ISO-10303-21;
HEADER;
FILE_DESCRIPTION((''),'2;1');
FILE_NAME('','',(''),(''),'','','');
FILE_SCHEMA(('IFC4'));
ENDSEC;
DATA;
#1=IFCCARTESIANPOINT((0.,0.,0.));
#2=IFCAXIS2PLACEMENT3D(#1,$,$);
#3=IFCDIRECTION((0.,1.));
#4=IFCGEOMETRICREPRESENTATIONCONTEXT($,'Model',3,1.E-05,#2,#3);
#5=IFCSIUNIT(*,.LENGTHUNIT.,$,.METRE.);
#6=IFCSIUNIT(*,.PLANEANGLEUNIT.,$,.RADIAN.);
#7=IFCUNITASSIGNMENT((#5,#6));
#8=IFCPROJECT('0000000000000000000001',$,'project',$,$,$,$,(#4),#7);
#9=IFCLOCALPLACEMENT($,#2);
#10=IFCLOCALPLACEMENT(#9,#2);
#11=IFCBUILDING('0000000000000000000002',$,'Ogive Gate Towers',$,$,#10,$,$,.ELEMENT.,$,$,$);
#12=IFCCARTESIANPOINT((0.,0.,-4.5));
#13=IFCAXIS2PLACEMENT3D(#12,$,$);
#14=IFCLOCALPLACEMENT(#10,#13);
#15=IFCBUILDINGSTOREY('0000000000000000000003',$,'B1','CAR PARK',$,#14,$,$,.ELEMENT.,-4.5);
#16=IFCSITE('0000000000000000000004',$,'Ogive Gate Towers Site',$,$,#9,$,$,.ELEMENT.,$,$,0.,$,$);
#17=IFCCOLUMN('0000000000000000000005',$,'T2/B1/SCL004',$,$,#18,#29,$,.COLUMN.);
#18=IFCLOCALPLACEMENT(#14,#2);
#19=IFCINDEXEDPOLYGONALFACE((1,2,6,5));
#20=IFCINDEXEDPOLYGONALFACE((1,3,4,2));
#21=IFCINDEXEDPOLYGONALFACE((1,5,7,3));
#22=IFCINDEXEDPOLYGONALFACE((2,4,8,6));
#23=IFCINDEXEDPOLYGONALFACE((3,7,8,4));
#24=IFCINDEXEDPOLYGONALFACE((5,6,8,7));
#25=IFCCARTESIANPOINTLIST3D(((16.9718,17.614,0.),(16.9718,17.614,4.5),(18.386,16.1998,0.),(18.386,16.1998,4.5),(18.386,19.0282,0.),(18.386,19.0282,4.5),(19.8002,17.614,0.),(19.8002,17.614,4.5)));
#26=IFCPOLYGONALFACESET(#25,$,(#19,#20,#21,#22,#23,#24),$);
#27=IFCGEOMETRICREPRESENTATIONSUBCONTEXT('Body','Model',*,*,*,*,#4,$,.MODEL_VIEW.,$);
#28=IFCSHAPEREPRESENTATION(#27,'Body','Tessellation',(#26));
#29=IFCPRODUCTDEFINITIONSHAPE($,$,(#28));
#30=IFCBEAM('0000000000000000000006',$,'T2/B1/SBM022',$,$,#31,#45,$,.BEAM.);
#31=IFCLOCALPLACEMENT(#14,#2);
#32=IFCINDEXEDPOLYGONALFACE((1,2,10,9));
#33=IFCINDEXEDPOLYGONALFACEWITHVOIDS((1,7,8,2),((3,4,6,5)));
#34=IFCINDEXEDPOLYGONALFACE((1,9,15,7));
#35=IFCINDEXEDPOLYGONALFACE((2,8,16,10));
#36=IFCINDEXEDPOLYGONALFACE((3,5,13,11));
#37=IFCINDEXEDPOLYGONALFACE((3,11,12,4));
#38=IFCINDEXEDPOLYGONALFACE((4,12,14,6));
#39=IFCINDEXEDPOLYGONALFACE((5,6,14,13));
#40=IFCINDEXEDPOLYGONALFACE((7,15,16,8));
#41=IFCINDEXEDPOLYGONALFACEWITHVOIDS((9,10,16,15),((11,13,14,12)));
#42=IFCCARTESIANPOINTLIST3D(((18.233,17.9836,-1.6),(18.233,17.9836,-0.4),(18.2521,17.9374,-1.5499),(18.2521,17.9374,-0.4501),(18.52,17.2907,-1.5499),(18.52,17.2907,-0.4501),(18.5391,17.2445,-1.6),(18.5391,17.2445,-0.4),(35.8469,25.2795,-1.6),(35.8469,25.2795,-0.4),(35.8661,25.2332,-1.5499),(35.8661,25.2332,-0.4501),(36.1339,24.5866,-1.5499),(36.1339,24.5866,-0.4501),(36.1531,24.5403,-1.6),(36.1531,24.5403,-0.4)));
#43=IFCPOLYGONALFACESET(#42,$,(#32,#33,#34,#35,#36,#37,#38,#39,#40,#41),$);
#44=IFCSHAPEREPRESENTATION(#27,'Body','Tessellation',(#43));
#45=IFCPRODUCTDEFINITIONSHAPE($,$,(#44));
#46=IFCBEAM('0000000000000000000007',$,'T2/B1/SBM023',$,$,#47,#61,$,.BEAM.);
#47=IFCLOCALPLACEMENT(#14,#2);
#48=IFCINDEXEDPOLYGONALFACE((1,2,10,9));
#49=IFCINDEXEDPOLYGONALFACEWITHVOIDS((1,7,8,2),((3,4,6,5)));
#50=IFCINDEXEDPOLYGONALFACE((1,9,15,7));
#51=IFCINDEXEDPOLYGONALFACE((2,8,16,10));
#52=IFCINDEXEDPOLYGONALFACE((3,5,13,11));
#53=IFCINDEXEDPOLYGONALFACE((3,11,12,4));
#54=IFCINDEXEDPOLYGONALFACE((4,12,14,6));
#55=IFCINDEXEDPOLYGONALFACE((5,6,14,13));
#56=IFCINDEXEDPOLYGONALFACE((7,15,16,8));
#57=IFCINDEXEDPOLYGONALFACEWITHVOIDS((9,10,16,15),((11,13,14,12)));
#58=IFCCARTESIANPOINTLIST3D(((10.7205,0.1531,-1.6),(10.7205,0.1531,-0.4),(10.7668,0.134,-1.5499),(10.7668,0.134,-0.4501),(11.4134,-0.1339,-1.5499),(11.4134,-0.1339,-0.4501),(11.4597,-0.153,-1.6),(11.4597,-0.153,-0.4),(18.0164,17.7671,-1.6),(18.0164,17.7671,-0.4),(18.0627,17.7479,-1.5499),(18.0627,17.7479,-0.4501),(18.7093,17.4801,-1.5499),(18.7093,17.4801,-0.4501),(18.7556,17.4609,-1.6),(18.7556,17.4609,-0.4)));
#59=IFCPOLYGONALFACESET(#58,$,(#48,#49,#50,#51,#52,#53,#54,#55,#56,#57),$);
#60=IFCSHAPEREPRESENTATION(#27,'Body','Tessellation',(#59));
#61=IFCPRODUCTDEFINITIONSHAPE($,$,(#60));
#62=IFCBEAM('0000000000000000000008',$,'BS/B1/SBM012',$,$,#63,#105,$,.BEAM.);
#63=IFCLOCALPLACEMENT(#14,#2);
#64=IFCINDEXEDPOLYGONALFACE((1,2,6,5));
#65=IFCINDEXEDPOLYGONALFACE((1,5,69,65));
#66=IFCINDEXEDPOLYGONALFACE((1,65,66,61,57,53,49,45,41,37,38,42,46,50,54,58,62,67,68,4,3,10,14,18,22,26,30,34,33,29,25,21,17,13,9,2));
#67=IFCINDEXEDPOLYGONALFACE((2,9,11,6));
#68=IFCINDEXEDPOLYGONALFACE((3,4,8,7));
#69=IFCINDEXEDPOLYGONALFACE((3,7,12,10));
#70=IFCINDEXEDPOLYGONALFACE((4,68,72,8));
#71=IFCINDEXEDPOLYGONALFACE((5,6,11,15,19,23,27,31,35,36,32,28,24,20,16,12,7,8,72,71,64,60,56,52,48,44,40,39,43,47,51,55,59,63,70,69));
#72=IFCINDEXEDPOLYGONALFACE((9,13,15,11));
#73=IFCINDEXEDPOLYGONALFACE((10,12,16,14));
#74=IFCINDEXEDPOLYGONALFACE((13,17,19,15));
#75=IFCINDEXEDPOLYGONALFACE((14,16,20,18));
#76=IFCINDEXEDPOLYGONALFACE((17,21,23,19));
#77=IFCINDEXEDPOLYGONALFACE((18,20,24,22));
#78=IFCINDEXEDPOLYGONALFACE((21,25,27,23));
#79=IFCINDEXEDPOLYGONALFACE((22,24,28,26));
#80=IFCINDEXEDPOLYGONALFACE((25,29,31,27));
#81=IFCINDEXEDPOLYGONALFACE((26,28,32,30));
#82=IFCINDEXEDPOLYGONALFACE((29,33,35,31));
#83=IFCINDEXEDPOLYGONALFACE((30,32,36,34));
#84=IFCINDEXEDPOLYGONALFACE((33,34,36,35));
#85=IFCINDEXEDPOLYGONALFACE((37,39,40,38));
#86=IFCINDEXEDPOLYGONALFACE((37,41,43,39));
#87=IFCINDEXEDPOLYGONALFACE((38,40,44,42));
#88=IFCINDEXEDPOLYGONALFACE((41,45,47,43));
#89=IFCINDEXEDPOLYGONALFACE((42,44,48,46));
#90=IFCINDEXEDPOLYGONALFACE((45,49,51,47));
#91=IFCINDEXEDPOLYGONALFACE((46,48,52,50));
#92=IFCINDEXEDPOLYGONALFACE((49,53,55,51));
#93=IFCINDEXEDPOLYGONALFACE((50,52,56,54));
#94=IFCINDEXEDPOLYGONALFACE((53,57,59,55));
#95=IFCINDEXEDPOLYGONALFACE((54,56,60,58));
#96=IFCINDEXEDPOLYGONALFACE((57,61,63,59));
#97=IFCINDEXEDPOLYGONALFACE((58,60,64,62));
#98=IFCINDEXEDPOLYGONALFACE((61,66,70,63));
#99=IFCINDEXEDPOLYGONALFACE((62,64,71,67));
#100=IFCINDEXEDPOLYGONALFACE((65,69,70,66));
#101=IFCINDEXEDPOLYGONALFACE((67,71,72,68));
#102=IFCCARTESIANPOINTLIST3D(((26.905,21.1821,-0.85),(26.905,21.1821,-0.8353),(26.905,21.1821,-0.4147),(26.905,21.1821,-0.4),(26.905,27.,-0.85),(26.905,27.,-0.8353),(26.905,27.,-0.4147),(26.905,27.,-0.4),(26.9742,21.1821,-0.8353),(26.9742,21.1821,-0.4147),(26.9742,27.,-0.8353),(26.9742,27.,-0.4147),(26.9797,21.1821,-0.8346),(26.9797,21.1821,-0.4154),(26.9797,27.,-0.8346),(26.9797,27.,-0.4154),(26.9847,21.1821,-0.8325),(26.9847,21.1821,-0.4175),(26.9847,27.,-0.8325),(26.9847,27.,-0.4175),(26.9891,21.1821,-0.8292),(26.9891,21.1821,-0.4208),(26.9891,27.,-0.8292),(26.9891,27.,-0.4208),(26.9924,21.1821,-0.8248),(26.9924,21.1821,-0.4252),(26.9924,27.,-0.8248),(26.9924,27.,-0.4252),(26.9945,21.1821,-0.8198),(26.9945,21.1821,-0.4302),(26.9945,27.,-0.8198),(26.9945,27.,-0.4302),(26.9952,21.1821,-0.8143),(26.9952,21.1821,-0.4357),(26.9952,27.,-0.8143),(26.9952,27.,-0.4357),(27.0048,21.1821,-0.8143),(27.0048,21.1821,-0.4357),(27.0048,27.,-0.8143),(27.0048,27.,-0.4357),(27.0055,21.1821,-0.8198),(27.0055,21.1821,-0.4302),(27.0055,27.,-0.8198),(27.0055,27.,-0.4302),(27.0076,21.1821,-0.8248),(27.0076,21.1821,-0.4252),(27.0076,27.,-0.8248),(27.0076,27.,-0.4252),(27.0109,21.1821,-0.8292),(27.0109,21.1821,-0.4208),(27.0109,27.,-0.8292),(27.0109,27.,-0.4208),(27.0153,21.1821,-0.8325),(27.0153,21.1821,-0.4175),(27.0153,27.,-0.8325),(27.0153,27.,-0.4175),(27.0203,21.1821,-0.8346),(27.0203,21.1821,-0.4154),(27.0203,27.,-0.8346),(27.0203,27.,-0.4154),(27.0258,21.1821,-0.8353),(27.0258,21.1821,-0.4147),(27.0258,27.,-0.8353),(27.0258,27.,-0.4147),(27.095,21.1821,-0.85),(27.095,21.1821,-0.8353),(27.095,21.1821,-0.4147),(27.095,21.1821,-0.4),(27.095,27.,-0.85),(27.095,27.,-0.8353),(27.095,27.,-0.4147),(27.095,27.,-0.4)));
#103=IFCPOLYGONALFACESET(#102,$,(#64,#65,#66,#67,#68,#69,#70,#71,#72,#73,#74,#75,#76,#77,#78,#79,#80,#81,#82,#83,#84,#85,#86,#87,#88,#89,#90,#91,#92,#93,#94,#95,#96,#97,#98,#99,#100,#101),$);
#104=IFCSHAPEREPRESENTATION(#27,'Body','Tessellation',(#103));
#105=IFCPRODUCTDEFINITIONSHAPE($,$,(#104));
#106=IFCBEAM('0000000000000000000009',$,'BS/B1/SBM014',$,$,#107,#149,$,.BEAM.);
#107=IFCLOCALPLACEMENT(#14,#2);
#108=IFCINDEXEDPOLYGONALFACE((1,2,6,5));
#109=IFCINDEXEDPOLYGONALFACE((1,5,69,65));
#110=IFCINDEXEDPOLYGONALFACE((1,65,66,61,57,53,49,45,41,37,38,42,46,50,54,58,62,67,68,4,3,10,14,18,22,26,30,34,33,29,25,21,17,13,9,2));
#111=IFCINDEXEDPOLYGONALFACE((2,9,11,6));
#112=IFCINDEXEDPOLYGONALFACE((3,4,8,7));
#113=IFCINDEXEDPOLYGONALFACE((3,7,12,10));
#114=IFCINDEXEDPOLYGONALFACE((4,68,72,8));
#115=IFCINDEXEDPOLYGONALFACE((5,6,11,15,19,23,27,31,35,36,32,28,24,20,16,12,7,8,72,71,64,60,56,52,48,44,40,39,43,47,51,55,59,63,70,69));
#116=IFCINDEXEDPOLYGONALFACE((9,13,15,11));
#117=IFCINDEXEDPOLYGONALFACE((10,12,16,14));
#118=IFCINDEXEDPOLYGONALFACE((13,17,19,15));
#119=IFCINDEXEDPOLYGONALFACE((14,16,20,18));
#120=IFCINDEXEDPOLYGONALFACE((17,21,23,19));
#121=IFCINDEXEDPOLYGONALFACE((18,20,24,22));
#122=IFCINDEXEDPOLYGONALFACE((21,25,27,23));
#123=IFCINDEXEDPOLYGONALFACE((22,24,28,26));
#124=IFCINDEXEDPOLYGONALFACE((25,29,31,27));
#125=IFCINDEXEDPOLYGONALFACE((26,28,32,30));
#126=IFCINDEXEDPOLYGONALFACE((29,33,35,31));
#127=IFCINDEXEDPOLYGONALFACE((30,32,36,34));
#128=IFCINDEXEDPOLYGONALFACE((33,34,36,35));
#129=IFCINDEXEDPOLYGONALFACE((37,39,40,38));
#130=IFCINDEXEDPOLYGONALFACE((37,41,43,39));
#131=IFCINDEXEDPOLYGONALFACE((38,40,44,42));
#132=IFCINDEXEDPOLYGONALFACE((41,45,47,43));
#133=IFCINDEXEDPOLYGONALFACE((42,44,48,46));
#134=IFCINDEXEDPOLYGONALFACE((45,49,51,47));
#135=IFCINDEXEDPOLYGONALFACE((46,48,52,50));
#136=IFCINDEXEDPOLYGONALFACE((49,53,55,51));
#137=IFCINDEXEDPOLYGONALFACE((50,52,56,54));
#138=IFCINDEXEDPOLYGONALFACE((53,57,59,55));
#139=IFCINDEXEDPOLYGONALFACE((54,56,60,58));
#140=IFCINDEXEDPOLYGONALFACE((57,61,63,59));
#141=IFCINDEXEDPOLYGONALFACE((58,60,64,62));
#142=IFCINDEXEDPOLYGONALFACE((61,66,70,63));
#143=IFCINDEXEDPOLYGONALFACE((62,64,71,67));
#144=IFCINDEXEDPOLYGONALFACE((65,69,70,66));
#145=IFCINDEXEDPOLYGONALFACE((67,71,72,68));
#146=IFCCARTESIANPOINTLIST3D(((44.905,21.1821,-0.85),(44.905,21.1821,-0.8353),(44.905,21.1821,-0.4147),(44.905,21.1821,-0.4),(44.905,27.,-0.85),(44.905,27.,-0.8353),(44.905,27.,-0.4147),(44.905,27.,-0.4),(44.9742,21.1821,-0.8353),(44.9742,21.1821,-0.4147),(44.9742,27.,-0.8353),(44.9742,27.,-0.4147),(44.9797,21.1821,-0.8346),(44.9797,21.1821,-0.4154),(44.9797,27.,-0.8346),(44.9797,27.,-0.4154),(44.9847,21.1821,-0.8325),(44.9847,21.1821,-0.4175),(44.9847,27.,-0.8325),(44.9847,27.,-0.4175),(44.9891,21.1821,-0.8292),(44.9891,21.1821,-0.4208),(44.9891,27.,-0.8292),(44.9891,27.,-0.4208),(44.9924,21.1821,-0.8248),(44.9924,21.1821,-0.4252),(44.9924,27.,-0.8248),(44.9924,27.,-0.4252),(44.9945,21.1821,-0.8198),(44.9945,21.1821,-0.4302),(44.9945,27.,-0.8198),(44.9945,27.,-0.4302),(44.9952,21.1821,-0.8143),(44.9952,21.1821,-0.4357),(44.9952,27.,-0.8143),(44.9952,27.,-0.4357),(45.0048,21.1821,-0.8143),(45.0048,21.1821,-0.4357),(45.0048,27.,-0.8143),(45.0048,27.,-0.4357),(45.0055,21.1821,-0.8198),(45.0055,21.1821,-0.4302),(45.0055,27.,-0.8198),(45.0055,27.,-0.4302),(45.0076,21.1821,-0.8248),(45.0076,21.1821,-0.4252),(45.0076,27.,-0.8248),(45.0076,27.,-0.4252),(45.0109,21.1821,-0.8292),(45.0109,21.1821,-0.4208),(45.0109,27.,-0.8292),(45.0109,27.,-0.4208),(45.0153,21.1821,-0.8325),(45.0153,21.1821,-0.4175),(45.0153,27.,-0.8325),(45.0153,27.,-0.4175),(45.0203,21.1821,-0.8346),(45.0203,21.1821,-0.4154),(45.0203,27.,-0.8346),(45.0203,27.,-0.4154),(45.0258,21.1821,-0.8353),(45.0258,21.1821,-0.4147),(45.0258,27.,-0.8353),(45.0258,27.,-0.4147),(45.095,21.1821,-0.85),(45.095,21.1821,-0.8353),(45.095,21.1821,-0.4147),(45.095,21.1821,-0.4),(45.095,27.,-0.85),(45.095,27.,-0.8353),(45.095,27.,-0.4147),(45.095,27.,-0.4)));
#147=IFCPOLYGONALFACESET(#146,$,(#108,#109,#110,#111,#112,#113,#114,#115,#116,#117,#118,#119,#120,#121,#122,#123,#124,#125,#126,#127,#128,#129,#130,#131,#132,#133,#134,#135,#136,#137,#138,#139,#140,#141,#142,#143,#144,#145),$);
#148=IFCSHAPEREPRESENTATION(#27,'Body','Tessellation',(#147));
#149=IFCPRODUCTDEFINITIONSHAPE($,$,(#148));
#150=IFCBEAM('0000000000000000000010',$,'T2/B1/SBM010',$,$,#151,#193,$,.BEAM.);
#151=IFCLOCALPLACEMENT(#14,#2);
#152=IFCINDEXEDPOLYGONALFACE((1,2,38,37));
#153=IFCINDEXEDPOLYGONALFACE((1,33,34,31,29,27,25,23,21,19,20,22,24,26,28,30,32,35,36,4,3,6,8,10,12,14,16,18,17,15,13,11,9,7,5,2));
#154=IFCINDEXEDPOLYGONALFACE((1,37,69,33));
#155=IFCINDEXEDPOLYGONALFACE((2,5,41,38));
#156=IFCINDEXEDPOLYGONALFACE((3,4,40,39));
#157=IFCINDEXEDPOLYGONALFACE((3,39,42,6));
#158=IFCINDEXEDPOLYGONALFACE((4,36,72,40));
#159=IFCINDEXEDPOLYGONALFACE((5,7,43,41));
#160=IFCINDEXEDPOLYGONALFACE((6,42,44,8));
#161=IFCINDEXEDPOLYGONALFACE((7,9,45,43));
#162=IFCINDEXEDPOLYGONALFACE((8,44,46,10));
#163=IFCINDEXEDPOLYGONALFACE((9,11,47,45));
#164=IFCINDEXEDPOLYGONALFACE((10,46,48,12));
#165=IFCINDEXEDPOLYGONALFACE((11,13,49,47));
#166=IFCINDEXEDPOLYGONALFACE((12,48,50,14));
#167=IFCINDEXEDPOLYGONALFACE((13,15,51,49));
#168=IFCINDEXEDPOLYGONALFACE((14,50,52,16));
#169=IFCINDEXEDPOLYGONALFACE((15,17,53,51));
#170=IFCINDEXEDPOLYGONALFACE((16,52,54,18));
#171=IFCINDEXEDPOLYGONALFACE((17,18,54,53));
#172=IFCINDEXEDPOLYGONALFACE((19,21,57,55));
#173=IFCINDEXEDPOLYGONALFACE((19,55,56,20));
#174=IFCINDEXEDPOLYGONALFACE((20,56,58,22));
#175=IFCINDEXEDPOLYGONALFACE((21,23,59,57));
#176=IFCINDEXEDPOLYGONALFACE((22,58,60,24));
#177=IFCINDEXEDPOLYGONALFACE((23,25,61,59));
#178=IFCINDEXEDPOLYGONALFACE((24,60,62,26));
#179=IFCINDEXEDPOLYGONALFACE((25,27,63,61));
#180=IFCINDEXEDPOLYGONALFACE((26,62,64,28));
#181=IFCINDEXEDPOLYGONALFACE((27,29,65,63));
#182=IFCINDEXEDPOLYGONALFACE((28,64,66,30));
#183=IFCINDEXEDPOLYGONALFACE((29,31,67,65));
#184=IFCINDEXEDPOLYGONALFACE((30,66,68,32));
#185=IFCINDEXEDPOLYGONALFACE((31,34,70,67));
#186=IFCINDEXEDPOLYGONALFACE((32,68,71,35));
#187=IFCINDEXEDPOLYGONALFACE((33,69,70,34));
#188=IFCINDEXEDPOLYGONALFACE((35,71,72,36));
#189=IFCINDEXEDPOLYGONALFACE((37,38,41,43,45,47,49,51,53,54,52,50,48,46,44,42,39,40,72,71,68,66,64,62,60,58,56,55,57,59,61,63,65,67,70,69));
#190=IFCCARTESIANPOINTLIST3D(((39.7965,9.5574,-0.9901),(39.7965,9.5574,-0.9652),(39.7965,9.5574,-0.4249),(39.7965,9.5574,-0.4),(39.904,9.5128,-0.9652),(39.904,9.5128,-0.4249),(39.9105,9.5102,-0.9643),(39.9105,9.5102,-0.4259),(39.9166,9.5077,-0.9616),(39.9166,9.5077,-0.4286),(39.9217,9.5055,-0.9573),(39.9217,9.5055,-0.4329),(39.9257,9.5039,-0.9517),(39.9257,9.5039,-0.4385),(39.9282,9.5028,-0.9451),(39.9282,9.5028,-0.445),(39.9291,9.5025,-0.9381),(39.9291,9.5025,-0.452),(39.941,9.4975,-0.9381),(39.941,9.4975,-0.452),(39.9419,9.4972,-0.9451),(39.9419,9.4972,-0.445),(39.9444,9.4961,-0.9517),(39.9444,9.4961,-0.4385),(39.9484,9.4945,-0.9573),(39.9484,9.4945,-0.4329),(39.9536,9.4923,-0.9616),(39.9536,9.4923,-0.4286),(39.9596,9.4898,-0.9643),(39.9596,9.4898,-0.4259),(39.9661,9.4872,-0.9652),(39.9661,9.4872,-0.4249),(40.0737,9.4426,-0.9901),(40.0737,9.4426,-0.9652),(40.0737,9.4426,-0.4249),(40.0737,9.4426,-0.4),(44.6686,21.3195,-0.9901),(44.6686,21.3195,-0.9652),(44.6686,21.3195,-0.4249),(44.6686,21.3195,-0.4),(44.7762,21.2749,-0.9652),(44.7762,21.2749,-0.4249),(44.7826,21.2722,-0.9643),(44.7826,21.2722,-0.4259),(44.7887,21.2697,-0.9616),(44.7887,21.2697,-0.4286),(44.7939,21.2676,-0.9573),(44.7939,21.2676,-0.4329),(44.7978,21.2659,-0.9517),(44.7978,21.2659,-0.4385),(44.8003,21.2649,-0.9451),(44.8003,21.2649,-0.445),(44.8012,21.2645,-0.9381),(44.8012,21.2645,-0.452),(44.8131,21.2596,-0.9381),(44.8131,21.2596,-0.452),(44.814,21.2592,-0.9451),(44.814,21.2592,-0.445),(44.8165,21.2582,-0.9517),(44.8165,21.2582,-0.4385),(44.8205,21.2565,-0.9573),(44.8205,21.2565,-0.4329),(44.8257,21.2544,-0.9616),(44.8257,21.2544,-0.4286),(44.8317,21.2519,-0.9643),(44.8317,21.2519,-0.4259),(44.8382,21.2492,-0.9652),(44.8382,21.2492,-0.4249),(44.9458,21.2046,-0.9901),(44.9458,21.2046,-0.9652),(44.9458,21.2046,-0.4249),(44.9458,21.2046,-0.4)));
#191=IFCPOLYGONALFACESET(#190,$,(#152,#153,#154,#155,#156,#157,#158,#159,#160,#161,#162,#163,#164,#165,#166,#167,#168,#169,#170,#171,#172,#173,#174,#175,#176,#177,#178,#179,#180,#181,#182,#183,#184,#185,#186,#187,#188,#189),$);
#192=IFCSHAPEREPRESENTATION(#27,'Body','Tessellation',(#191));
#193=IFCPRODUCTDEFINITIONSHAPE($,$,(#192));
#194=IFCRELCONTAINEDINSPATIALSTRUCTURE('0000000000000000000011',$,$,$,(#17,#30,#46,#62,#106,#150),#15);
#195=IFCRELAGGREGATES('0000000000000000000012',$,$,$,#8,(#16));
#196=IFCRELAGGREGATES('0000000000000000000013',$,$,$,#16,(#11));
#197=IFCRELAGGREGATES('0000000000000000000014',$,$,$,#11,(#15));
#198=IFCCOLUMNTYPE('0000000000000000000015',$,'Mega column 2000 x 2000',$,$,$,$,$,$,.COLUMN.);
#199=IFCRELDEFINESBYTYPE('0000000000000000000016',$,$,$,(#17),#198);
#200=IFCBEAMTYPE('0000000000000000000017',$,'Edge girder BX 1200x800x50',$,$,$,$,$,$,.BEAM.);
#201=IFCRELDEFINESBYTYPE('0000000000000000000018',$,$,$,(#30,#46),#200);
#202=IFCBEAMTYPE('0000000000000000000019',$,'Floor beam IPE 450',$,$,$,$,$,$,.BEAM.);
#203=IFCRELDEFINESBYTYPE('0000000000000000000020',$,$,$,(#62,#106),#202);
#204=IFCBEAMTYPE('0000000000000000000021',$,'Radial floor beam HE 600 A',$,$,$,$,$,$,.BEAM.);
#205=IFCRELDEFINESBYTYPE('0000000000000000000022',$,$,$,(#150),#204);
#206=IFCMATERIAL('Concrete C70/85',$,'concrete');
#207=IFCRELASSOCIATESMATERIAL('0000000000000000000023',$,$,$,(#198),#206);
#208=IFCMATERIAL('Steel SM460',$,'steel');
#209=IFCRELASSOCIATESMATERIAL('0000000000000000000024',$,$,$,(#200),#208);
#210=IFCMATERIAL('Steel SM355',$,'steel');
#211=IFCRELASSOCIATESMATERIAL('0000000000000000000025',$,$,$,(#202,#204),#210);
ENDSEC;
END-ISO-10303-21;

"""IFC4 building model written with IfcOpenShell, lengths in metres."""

from ifc_helpers import new_model, si_unit, direction, frame, origin, origin_2d, place, context, subcontext, project, spatial, rectangle, hollow_rectangle, i_section, extrude, material, material_profile, profile_set, type_object, element, save


model = new_model("IFC4")

# Units and contexts
model_context = context("Model", 3, precision=1e-05, world=origin(), true_north=direction((0.0, 1.0)))
body_context = subcontext(model_context, "Body", "Model", "MODEL_VIEW")
ifc_project = project(units=[si_unit("LENGTHUNIT", "METRE"), si_unit("PLANEANGLEUNIT", "RADIAN")], contexts=[model_context])

# Site, building, storey
site_placement = place(None, origin())
site = spatial("IfcSite", under=ifc_project, at=site_placement, Name="Ogive Gate Towers Site", CompositionType="ELEMENT", RefElevation=0.0)
building_placement = place(site_placement, origin())
building = spatial("IfcBuilding", under=site, at=building_placement, Name="Ogive Gate Towers", CompositionType="ELEMENT")
storey_placement = place(building_placement, frame((0.0, 0.0, -4.5)))
storey = spatial("IfcBuildingStorey", under=building, at=storey_placement, Name="B1", Description="CAR PARK", CompositionType="ELEMENT", Elevation=-4.5)

# Column
ifc_material_1 = material(Name="Concrete C70/85", Category="concrete")
ifc_material_profile_1 = material_profile(ifc_material_1, rectangle(XDim=2.0, YDim=2.0, at=origin_2d()), Name="RC 2000x2000")
ifc_profile_set_1 = profile_set([ifc_material_profile_1], Name="Concrete C70/85")
column_type_1 = type_object("IfcColumnType", Name="Mega column 2000 x 2000", PredefinedType="COLUMN", material=ifc_profile_set_1)
for number, where, z_axis, x_axis, name in (
    (1, (18.386, 17.614, 0.0), (0.0, 0.0, 1.0), (-0.707107, 0.707107, 0.0), "T2/B1/SCL004"),
):
    element("IfcColumn", number, at=place(storey_placement, frame(where, z_axis=z_axis, x_axis=x_axis)), inside=storey, type_object=column_type_1, Name=name, PredefinedType="COLUMN", context=body_context, shape_type="SweptSolid", body=[
        extrude(rectangle(XDim=2.0, YDim=2.0, at=origin_2d()), origin(), (0.0, 0.0, 1.0), 4.5),
    ])

# Beams
ifc_material_2 = material(Name="Steel SM460", Category="steel")
ifc_material_profile_2 = material_profile(ifc_material_2, hollow_rectangle(XDim=0.8, YDim=1.2, WallThickness=0.05, at=origin_2d()), Name="BX 1200x800x50")
ifc_profile_set_2 = profile_set([ifc_material_profile_2], Name="Steel SM460")
beam_type_1 = type_object("IfcBeamType", Name="Edge girder BX 1200x800x50", PredefinedType="BEAM", material=ifc_profile_set_2)
for number, where, z_axis, x_axis, name in (
    (2, (36.0, 24.9099, -1.0), (-0.923881, -0.382681, 0.0), (0.382681, -0.923881, 0.0), "T2/B1/SBM022"),
    (3, (18.386, 17.614, -1.0), (-0.382681, -0.923881, 0.0), (0.923881, -0.382681, 0.0), "T2/B1/SBM023"),
):
    element("IfcBeam", number, at=place(storey_placement, frame(where, z_axis=z_axis, x_axis=x_axis)), inside=storey, type_object=beam_type_1, Name=name, PredefinedType="BEAM", context=body_context, shape_type="SweptSolid", body=[
        extrude(hollow_rectangle(XDim=0.8, YDim=1.2, WallThickness=0.05, at=origin_2d()), origin(), (0.0, 0.0, 1.0), 19.0652),
    ])
ifc_material_3 = material(Name="Steel SM355", Category="steel")
ifc_material_profile_3 = material_profile(ifc_material_3, i_section(OverallWidth=0.1899, OverallDepth=0.45, WebThickness=0.0095, FlangeThickness=0.0146, FilletRadius=0.021, at=origin_2d()), Name="IPE 450")
ifc_profile_set_3 = profile_set([ifc_material_profile_3], Name="Steel SM355")
beam_type_2 = type_object("IfcBeamType", Name="Floor beam IPE 450", PredefinedType="BEAM", material=ifc_profile_set_3)
for number, where, z_axis, x_axis, name in (
    (4, (27.0, 27.0, -0.625), (0.0, -1.0, 0.0), (1.0, 0.0, 0.0), "BS/B1/SBM012"),
    (5, (45.0, 27.0, -0.625), (0.0, -1.0, 0.0), (1.0, 0.0, 0.0), "BS/B1/SBM014"),
):
    element("IfcBeam", number, at=place(storey_placement, frame(where, z_axis=z_axis, x_axis=x_axis)), inside=storey, type_object=beam_type_2, Name=name, PredefinedType="BEAM", context=body_context, shape_type="SweptSolid", body=[
        extrude(i_section(OverallWidth=0.1899, OverallDepth=0.45, WebThickness=0.0095, FlangeThickness=0.0146, FilletRadius=0.021, at=origin_2d()), origin(), (0.0, 0.0, 1.0), 5.8179),
    ])
ifc_material_profile_4 = material_profile(ifc_material_3, i_section(OverallWidth=0.3, OverallDepth=0.5901, WebThickness=0.0129, FlangeThickness=0.0249, FilletRadius=0.0271, at=origin_2d()), Name="HE 600 A")
ifc_profile_set_4 = profile_set([ifc_material_profile_4], Name="Steel SM355")
beam_type_3 = type_object("IfcBeamType", Name="Radial floor beam HE 600 A", PredefinedType="BEAM", material=ifc_profile_set_4)
for number, where, z_axis, x_axis, name in (
    (6, (39.9351, 9.5, -0.6951), (0.382691, 0.923877, 0.0), (-0.923877, 0.382691, 0.0), "T2/B1/SBM010"),
):
    element("IfcBeam", number, at=place(storey_placement, frame(where, z_axis=z_axis, x_axis=x_axis)), inside=storey, type_object=beam_type_3, Name=name, PredefinedType="BEAM", context=body_context, shape_type="SweptSolid", body=[
        extrude(i_section(OverallWidth=0.3, OverallDepth=0.5901, WebThickness=0.0129, FlangeThickness=0.0249, FilletRadius=0.0271, at=origin_2d()), origin(), (0.0, 0.0, 1.0), 12.7312),
    ])

save(model, "model.ifc")
